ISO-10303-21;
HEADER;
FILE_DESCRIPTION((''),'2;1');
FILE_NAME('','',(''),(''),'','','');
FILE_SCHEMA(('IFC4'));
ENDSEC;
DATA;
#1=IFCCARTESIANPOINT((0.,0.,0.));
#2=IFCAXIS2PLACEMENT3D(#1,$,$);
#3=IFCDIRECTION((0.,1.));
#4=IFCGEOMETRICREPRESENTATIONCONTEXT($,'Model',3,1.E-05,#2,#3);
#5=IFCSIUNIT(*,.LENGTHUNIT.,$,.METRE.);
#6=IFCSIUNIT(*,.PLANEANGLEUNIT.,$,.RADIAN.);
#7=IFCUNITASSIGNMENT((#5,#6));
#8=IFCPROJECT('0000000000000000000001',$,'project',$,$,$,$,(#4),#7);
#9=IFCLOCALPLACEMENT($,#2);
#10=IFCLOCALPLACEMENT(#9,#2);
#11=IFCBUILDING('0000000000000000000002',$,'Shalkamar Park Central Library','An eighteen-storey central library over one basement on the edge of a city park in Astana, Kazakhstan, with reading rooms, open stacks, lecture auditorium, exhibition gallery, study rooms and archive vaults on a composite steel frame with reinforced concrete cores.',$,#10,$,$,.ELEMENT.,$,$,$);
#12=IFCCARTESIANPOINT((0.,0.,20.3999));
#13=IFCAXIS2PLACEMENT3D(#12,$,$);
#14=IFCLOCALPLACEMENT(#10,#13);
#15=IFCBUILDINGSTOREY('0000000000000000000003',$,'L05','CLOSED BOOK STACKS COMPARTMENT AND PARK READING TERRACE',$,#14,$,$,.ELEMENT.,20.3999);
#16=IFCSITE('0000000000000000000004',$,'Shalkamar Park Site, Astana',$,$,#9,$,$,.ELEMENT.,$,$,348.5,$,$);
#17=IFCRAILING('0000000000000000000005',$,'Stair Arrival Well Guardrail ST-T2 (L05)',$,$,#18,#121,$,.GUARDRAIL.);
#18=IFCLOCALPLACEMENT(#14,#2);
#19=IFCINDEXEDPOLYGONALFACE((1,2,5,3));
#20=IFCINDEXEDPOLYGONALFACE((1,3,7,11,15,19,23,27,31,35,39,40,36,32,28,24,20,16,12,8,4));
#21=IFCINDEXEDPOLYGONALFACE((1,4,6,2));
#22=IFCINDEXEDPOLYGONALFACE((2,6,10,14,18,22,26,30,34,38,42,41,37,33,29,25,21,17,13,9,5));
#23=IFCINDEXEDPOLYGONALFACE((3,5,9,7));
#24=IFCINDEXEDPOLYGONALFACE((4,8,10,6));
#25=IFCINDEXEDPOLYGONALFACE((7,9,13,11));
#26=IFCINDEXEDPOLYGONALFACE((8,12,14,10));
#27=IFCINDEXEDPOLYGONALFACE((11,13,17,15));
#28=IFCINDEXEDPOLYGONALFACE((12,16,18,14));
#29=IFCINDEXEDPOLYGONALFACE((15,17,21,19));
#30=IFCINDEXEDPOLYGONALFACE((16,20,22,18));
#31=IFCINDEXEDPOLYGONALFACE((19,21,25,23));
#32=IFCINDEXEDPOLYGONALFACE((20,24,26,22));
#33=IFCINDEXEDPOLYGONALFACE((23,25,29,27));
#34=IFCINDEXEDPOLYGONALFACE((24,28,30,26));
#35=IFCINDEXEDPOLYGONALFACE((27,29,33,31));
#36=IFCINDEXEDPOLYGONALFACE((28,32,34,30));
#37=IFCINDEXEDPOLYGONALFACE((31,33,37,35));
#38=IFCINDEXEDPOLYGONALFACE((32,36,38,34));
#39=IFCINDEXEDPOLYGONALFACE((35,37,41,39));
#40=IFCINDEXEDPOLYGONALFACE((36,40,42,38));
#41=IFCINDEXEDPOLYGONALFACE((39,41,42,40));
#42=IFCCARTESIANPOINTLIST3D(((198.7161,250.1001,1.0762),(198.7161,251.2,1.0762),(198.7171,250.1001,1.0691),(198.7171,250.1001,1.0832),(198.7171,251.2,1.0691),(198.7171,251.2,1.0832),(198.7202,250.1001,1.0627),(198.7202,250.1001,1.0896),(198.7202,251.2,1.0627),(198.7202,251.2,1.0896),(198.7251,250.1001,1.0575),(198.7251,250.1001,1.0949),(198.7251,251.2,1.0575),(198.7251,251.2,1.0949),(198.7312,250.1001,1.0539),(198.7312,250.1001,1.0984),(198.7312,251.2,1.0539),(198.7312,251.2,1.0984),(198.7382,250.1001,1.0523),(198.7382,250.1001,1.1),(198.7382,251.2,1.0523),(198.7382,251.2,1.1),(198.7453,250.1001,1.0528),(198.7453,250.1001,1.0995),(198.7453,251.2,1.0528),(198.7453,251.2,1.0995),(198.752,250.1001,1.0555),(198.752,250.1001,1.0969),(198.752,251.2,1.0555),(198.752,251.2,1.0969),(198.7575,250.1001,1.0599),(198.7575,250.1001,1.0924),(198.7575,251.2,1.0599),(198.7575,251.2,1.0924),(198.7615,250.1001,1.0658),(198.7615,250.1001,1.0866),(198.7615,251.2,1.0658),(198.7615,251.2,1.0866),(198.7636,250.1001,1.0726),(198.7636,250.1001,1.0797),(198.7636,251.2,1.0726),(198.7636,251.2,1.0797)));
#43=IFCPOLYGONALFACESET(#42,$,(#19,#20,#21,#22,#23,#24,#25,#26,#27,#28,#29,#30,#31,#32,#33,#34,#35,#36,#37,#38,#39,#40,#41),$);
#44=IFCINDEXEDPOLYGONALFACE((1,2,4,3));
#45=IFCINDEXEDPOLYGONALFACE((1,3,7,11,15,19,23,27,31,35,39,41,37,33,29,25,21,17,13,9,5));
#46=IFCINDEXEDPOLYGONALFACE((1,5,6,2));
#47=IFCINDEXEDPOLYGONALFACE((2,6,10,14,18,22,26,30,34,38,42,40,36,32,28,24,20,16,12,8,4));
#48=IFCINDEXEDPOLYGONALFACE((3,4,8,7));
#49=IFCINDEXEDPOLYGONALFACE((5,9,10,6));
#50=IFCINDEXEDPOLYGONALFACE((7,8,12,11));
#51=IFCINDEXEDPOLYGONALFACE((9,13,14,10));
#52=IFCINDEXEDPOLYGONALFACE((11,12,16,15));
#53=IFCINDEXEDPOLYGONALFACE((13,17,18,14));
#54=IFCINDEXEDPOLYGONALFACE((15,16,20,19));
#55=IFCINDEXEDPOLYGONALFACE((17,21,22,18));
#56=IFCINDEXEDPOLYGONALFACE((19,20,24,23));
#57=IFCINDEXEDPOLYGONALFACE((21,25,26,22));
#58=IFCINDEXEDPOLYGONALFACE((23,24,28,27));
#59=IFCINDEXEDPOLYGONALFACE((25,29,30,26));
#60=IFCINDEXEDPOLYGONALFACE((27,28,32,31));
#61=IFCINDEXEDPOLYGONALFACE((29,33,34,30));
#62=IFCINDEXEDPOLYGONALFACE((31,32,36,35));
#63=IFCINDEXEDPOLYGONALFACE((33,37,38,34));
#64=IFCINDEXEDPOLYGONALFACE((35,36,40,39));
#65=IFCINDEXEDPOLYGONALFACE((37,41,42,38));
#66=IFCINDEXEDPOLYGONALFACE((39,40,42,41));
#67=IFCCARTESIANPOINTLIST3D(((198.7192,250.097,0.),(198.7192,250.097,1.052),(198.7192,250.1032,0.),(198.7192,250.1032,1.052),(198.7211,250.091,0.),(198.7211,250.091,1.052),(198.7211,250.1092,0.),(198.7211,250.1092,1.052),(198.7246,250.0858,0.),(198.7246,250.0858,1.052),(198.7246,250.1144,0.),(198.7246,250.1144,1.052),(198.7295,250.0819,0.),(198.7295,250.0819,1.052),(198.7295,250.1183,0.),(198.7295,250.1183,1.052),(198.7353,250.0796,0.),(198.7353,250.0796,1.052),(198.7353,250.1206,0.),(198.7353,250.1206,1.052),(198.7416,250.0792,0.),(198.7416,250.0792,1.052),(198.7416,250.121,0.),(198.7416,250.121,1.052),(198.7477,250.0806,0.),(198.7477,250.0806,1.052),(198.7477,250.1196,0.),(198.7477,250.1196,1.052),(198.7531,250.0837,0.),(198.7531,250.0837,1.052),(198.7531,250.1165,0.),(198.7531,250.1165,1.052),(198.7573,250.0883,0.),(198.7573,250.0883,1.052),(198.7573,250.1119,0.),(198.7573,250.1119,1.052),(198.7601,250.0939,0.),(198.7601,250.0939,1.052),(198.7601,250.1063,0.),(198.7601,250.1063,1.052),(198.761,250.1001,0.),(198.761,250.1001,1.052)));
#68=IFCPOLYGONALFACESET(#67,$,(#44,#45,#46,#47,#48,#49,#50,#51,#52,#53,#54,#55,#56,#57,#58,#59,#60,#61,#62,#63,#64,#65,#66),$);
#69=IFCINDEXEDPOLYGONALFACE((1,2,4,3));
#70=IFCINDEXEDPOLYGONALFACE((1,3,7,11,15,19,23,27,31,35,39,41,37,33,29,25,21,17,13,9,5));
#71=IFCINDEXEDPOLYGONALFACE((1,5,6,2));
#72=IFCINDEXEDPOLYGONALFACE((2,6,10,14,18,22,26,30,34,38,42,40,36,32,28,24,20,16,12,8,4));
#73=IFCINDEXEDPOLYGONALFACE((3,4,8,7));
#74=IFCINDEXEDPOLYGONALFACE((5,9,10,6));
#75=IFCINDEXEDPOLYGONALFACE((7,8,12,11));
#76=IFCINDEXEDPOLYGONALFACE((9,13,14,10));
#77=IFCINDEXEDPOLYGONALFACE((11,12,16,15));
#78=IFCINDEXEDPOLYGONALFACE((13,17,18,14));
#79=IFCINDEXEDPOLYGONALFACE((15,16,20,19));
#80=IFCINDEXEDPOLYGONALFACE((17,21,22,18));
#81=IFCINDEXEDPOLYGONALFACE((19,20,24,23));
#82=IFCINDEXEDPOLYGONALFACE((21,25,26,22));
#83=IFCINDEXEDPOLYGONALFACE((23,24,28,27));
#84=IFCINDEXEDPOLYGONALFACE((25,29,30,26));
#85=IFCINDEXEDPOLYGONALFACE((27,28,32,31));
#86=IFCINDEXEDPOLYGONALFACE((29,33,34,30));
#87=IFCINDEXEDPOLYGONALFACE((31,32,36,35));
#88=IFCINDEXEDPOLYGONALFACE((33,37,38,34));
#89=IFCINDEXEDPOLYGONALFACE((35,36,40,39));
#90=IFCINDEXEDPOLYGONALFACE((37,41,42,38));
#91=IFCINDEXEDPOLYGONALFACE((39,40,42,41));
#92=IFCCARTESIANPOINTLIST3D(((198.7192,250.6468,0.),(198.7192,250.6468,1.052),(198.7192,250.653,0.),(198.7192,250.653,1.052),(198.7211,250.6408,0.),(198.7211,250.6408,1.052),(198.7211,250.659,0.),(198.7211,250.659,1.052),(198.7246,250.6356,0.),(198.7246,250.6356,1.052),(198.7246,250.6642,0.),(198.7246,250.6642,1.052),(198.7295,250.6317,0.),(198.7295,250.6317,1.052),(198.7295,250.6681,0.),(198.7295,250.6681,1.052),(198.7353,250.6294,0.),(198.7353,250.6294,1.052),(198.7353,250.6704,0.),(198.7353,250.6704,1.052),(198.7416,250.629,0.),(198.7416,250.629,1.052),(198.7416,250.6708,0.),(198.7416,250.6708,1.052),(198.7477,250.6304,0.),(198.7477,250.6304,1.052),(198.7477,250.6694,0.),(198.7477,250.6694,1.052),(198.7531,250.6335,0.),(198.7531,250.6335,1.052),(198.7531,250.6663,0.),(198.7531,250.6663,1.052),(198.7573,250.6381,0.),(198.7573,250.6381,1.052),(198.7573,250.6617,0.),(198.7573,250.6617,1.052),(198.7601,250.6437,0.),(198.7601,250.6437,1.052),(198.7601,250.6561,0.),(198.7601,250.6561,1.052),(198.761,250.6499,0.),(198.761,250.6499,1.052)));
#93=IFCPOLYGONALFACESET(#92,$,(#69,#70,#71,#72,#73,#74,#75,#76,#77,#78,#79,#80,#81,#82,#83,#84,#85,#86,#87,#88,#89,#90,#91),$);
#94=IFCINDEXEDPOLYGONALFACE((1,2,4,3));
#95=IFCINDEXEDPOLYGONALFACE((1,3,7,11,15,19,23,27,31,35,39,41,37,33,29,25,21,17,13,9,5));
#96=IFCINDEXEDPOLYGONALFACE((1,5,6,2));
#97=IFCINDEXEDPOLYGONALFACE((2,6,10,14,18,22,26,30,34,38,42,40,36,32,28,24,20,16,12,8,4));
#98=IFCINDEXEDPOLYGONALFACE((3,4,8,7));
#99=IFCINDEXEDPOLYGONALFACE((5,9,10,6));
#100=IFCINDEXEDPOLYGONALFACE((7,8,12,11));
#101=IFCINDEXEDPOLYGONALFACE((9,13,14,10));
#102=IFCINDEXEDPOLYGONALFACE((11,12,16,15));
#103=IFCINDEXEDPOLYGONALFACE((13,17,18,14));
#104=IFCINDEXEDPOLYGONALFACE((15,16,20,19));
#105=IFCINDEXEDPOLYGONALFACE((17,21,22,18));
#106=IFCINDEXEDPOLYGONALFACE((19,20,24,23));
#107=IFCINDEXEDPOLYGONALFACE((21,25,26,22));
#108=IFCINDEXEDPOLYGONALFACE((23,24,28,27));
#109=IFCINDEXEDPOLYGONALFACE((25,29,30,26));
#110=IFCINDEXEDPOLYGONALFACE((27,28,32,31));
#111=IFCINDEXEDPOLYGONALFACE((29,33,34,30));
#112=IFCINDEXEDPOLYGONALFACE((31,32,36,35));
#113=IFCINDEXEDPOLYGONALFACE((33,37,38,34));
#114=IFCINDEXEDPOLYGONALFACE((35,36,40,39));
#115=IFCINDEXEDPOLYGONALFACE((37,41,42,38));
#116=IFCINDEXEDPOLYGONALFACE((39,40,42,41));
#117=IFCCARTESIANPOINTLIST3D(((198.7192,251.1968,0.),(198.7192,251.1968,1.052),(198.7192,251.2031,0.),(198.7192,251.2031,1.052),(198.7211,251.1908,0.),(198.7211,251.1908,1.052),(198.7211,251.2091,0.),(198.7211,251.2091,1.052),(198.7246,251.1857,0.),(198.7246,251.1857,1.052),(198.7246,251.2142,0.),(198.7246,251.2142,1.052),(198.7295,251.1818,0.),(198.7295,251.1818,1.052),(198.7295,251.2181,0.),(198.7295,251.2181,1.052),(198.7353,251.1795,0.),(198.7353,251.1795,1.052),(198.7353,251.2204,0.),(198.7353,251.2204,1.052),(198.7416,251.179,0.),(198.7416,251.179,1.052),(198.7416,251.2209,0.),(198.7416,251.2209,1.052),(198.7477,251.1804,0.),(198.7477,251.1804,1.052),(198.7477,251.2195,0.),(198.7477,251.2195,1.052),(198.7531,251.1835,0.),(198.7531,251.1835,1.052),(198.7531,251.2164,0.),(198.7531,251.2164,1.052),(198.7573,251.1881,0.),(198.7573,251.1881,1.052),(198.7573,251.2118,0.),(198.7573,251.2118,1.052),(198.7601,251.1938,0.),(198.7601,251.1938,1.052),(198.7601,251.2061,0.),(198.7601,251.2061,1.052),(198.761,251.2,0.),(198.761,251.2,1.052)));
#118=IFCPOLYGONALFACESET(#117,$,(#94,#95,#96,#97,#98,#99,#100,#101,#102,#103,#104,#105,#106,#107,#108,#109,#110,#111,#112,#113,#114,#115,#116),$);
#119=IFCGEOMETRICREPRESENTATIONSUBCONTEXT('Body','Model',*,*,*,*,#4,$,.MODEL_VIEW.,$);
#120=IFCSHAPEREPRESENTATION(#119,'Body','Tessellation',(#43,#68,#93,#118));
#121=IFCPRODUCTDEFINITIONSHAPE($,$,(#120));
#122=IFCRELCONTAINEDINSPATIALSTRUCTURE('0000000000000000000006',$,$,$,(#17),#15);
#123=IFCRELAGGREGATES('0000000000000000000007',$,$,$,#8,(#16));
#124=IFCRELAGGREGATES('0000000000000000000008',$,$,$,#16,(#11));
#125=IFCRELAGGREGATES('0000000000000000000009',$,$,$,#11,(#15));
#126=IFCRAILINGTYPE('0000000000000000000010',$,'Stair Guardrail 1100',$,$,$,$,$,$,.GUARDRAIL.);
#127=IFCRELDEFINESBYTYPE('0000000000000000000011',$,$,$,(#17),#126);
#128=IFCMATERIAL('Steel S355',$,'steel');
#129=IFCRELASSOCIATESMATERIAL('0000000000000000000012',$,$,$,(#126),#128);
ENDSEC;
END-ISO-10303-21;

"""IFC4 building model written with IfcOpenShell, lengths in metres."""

from ifc_helpers import new_model, si_unit, direction, frame, origin, origin_2d, place, context, subcontext, project, spatial, circle, extrude, material, type_object, element, save


model = new_model("IFC4")

# Units and contexts
model_context = context("Model", 3, precision=1e-05, world=origin(), true_north=direction((0.0, 1.0)))
body_context = subcontext(model_context, "Body", "Model", "MODEL_VIEW")
ifc_project = project(units=[si_unit("LENGTHUNIT", "METRE"), si_unit("PLANEANGLEUNIT", "RADIAN")], contexts=[model_context])

# Site, building, storey
site_placement = place(None, origin())
site = spatial("IfcSite", under=ifc_project, at=site_placement, Name="Shalkamar Park Site, Astana", CompositionType="ELEMENT", RefElevation=348.5)
building_placement = place(site_placement, origin())
building = spatial("IfcBuilding", under=site, at=building_placement, Name="Shalkamar Park Central Library", Description="An eighteen-storey central library over one basement on the edge of a city park in Astana, Kazakhstan, with reading rooms, open stacks, lecture auditorium, exhibition gallery, study rooms and archive vaults on a composite steel frame with reinforced concrete cores.", CompositionType="ELEMENT")
storey_placement = place(building_placement, frame((0.0, 0.0, 20.3999)))
storey = spatial("IfcBuildingStorey", under=building, at=storey_placement, Name="L05", Description="CLOSED BOOK STACKS COMPARTMENT AND PARK READING TERRACE", CompositionType="ELEMENT", Elevation=20.3999)

# Shared definitions
ifc_material_1 = material(Name="Steel S355", Category="steel")

# Railing
railing_type_1 = type_object("IfcRailingType", Name="Stair Guardrail 1100", PredefinedType="GUARDRAIL", material=ifc_material_1)
railing_1_placement = place(storey_placement, frame((198.74, 250.1001, 0.0)))
element("IfcRailing", 1, at=railing_1_placement, inside=storey, type_object=railing_type_1, Name="Stair Arrival Well Guardrail ST-T2 (L05)", PredefinedType="GUARDRAIL", context=body_context, shape_type="SweptSolid", body=[
    extrude(circle(Radius=0.0239, at=origin_2d()), frame((0.0, 0.0, 1.0762), z_axis=(0.0, 1.0, 0.0), x_axis=(-1.0, 0.0, 0.0)), (0.0, 0.0, 1.0), 1.0999),
    extrude(circle(Radius=0.021, at=origin_2d()), origin(), (0.0, 0.0, 1.0), 1.052),
    extrude(circle(Radius=0.021, at=origin_2d()), frame((0.0, 0.5498, 0.0)), (0.0, 0.0, 1.0), 1.052),
    extrude(circle(Radius=0.021, at=origin_2d()), frame((0.0, 1.0999, 0.0)), (0.0, 0.0, 1.0), 1.052),
])

save(model, "model.ifc")
